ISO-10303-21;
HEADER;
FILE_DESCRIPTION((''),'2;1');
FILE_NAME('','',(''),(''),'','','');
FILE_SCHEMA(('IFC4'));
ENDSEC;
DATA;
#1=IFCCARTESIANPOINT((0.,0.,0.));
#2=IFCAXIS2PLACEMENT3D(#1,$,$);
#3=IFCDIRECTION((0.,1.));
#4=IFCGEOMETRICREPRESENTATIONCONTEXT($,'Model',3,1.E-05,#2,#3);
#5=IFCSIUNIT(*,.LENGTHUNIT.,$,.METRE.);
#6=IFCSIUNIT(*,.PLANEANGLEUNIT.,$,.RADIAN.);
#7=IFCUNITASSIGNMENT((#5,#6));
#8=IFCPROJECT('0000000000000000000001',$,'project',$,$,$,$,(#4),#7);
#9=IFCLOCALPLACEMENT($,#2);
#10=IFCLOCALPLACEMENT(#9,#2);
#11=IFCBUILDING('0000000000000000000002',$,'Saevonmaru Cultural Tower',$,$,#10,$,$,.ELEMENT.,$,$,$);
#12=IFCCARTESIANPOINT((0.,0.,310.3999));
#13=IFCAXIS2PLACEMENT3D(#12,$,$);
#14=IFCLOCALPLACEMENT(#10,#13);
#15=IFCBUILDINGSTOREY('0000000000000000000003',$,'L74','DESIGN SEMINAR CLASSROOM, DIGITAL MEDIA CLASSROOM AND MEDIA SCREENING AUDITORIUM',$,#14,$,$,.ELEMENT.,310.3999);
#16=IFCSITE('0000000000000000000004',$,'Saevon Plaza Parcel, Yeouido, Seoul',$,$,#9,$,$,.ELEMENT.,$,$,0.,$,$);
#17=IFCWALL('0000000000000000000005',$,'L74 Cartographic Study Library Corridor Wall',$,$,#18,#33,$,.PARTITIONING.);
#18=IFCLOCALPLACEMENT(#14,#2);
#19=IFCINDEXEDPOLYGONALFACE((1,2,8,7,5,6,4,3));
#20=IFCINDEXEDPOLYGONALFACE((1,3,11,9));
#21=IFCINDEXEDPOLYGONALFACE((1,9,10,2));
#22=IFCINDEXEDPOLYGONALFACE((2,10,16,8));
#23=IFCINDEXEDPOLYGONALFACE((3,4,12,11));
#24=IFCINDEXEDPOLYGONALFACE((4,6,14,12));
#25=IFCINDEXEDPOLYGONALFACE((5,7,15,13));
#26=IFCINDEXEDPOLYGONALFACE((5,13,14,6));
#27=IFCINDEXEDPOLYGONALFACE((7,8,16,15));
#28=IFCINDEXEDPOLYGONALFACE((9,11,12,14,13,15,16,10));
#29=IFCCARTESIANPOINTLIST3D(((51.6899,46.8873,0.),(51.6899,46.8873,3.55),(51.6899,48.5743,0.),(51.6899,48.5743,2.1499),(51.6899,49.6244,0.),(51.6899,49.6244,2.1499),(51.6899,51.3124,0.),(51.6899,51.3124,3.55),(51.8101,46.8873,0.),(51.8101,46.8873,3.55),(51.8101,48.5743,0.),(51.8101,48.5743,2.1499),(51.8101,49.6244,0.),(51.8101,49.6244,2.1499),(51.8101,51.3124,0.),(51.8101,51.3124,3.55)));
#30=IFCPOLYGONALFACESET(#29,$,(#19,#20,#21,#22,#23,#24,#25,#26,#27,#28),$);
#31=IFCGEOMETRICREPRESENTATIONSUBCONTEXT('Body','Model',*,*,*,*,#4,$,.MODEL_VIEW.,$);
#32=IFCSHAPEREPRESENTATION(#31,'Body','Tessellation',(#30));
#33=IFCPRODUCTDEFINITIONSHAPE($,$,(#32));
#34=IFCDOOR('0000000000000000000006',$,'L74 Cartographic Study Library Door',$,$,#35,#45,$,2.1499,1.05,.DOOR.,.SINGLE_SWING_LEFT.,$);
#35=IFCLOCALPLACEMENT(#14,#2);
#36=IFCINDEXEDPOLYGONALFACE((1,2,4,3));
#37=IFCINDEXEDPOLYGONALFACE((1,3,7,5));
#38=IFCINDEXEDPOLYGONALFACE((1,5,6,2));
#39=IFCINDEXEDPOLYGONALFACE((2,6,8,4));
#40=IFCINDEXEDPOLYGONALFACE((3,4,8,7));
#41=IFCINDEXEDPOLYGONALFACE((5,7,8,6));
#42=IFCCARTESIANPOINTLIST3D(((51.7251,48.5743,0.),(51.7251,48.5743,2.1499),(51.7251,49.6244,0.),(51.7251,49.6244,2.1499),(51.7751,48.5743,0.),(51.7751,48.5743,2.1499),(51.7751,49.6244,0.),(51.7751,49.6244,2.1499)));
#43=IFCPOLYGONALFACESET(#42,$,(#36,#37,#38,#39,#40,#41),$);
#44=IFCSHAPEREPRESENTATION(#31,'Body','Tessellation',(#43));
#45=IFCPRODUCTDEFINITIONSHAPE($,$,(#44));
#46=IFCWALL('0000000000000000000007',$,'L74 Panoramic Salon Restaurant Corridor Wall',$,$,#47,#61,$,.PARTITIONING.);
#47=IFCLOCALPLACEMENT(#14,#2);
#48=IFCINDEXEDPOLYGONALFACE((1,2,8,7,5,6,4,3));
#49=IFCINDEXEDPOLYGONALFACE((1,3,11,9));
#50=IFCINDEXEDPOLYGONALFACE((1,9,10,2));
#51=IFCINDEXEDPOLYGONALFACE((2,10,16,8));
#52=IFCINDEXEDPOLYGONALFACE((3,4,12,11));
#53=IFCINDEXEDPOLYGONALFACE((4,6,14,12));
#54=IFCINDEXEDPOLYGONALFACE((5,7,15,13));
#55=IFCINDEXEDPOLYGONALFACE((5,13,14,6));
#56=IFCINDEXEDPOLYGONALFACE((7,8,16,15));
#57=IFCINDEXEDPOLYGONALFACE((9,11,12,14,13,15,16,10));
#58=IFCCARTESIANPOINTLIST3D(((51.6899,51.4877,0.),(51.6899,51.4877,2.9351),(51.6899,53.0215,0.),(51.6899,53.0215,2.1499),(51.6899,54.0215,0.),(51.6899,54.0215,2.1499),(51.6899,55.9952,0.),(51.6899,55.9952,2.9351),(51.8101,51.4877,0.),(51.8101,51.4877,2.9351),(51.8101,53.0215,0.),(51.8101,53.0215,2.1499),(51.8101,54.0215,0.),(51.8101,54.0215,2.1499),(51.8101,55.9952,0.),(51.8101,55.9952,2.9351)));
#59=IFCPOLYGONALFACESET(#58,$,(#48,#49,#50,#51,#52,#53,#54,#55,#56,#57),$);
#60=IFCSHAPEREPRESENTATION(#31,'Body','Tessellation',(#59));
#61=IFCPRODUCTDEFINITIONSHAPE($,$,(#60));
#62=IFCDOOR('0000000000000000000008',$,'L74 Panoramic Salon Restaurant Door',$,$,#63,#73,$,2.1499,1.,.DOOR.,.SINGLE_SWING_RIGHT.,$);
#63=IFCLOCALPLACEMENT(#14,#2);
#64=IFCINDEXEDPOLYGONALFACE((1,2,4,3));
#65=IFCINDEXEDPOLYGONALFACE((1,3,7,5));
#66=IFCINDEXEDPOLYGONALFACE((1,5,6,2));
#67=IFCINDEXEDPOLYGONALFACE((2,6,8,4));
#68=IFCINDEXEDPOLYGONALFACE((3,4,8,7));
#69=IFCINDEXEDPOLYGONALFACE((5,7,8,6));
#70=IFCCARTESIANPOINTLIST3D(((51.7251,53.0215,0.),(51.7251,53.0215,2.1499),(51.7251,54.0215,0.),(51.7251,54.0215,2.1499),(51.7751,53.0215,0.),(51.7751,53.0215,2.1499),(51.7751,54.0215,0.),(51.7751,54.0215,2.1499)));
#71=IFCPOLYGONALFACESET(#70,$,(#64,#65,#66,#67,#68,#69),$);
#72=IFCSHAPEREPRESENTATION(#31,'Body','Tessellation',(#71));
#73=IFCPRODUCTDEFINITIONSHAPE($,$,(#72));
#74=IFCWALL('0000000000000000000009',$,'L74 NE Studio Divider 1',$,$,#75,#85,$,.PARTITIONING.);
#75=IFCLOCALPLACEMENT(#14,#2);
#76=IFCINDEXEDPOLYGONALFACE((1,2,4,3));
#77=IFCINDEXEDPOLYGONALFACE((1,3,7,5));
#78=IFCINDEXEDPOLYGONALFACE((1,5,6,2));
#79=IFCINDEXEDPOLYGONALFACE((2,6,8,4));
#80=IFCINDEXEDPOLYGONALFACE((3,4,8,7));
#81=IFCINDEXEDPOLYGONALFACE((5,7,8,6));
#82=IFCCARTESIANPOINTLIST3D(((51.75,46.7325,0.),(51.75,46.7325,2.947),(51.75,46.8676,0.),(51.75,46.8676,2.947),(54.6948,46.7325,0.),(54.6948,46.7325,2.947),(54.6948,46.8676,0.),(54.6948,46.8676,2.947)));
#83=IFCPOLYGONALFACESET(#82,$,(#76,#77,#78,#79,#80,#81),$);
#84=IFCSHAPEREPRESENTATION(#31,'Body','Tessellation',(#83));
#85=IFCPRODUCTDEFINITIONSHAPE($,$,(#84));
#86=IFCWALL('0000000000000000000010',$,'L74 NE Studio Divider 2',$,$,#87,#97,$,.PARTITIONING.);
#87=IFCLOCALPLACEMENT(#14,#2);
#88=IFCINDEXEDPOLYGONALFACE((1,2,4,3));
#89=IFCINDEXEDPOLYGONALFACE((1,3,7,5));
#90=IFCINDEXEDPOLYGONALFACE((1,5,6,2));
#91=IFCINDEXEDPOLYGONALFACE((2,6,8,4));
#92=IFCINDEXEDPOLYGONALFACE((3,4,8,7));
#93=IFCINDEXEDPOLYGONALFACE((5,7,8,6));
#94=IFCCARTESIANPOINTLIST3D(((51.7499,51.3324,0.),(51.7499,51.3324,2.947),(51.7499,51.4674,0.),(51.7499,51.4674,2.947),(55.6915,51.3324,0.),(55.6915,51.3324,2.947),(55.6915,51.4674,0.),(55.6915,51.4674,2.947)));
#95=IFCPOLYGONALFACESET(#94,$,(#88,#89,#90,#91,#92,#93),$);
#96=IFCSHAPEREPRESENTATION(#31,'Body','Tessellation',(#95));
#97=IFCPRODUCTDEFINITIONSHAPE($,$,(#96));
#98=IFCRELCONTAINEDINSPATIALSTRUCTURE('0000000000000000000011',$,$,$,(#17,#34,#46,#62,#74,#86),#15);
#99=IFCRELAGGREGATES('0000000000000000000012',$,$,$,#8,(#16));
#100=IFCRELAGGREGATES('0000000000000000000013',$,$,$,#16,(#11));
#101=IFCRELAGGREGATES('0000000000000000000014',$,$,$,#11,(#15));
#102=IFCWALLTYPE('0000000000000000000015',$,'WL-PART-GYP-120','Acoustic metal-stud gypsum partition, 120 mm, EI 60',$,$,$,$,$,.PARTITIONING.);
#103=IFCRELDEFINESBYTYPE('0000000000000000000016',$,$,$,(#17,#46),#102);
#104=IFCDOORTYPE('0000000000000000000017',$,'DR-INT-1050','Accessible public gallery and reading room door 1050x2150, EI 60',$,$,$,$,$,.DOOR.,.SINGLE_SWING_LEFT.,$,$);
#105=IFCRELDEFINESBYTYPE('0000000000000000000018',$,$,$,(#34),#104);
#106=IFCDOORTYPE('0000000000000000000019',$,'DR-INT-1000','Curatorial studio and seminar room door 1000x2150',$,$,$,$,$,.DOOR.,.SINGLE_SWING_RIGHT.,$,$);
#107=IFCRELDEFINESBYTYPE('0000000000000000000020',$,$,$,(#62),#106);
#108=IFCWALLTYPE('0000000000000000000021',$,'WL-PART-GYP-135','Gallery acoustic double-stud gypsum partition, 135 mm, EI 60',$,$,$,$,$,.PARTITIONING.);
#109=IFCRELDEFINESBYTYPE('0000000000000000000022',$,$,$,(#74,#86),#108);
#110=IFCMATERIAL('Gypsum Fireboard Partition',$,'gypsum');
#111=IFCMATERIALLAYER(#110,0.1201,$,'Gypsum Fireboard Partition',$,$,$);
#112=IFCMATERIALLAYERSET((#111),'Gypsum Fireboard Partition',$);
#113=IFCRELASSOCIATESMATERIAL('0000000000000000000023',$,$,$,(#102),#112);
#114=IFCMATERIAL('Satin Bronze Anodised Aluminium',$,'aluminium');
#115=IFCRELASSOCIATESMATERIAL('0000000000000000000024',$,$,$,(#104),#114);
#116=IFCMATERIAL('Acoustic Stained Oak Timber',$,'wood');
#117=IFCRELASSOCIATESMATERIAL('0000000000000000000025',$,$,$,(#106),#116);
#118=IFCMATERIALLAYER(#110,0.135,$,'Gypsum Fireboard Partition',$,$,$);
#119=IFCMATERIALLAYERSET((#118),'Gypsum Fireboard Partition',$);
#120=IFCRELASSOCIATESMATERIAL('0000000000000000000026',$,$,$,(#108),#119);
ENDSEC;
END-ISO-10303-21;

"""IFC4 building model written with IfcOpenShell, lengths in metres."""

from ifc_helpers import new_model, si_unit, direction, frame, frame_2d, origin, place, context, subcontext, project, spatial, rectangle, extrude, material, layer, layer_set, type_object, element, fill, save


model = new_model("IFC4")

# Units and contexts
model_context = context("Model", 3, precision=1e-05, world=origin(), true_north=direction((0.0, 1.0)))
body_context = subcontext(model_context, "Body", "Model", "MODEL_VIEW")
ifc_project = project(units=[si_unit("LENGTHUNIT", "METRE"), si_unit("PLANEANGLEUNIT", "RADIAN")], contexts=[model_context])

# Site, building, storey
site_placement = place(None, origin())
site = spatial("IfcSite", under=ifc_project, at=site_placement, Name="Saevon Plaza Parcel, Yeouido, Seoul", CompositionType="ELEMENT", RefElevation=0.0)
building_placement = place(site_placement, origin())
building = spatial("IfcBuilding", under=site, at=building_placement, Name="Saevonmaru Cultural Tower", CompositionType="ELEMENT")
storey_placement = place(building_placement, frame((0.0, 0.0, 310.3999)))
storey = spatial("IfcBuildingStorey", under=building, at=storey_placement, Name="L74", Description="DESIGN SEMINAR CLASSROOM, DIGITAL MEDIA CLASSROOM AND MEDIA SCREENING AUDITORIUM", CompositionType="ELEMENT", Elevation=310.3999)

# Shared definitions
ifc_material_1 = material(Name="Satin Bronze Anodised Aluminium", Category="aluminium")

# Shared definitions
ifc_material_2 = material(Name="Gypsum Fireboard Partition", Category="gypsum")
ifc_layer_1 = layer(ifc_material_2, 0.1201, Name="Gypsum Fireboard Partition")
ifc_layer_set_1 = layer_set([ifc_layer_1], Name="Gypsum Fireboard Partition")
wall_type_1 = type_object("IfcWallType", Name="WL-PART-GYP-120", Description="Acoustic metal-stud gypsum partition, 120 mm, EI 60", PredefinedType="PARTITIONING", material=ifc_layer_set_1)

# Walls, openings, doors
ifc_material_3 = material(Name="Acoustic Stained Oak Timber", Category="wood")
wall_1_placement = place(storey_placement, frame((51.75, 46.8875, 0.0), z_axis=(0.0, 0.0, 1.0), x_axis=(0.0, 1.0, 0.0)))
wall_1 = element("IfcWall", 1, at=wall_1_placement, inside=storey, type_object=wall_type_1, Name="L74 Cartographic Study Library Corridor Wall", PredefinedType="PARTITIONING", context=body_context, shape_type="SweptSolid", body=[
    extrude(rectangle(XDim=4.425, YDim=0.1201, at=frame_2d((2.2124, 0.0))), origin(), (0.0, 0.0, 1.0), 3.55),
])
opening_1_placement = place(wall_1_placement, frame((1.687, 0.0, 0.0)))
opening_1 = element("IfcOpeningElement", 2, at=opening_1_placement, cuts=wall_1, PredefinedType="OPENING", context=body_context, shape_type="SweptSolid", body=[
    extrude(rectangle(XDim=1.05, YDim=2.1499, at=frame_2d((0.5249, 1.075))), frame((0.0, 0.0701, 0.0), z_axis=(0.0, -1.0, 0.0), x_axis=(1.0, 0.0, 0.0)), (0.0, 0.0, 1.0), 0.1401),
])
door_type_1 = type_object("IfcDoorType", Name="DR-INT-1050", Description="Accessible public gallery and reading room door 1050x2150, EI 60", OperationType="SINGLE_SWING_LEFT", PredefinedType="DOOR", material=ifc_material_1)
door_1_placement = place(opening_1_placement, origin())
door_1 = element("IfcDoor", 3, at=door_1_placement, inside=storey, type_object=door_type_1, Name="L74 Cartographic Study Library Door", OperationType="SINGLE_SWING_LEFT", OverallHeight=2.1499, OverallWidth=1.05, PredefinedType="DOOR", context=body_context, shape_type="SweptSolid", body=[
    extrude(rectangle(XDim=1.05, YDim=2.1499, at=frame_2d((0.5249, 1.075))), frame((0.0, 0.0249, 0.0), z_axis=(0.0, -1.0, 0.0), x_axis=(1.0, 0.0, 0.0)), (0.0, 0.0, 1.0), 0.05),
])
fill(opening_1, door_1)
wall_2_placement = place(storey_placement, frame((51.75, 51.4875, 0.0), z_axis=(0.0, 0.0, 1.0), x_axis=(0.0, 1.0, 0.0)))
wall_2 = element("IfcWall", 4, at=wall_2_placement, inside=storey, type_object=wall_type_1, Name="L74 Panoramic Salon Restaurant Corridor Wall", PredefinedType="PARTITIONING", context=body_context, shape_type="SweptSolid", body=[
    extrude(rectangle(XDim=4.5076, YDim=0.1201, at=frame_2d((2.2539, 0.0))), origin(), (0.0, 0.0, 1.0), 2.9351),
])
opening_2_placement = place(wall_2_placement, frame((1.5339, 0.0, 0.0)))
opening_2 = element("IfcOpeningElement", 5, at=opening_2_placement, cuts=wall_2, PredefinedType="OPENING", context=body_context, shape_type="SweptSolid", body=[
    extrude(rectangle(XDim=1.0, YDim=2.1499, at=frame_2d((0.5, 1.075))), frame((0.0, 0.0701, 0.0), z_axis=(0.0, -1.0, 0.0), x_axis=(1.0, 0.0, 0.0)), (0.0, 0.0, 1.0), 0.1401),
])
door_type_2 = type_object("IfcDoorType", Name="DR-INT-1000", Description="Curatorial studio and seminar room door 1000x2150", OperationType="SINGLE_SWING_RIGHT", PredefinedType="DOOR", material=ifc_material_3)
door_2_placement = place(opening_2_placement, origin())
door_2 = element("IfcDoor", 6, at=door_2_placement, inside=storey, type_object=door_type_2, Name="L74 Panoramic Salon Restaurant Door", OperationType="SINGLE_SWING_RIGHT", OverallHeight=2.1499, OverallWidth=1.0, PredefinedType="DOOR", context=body_context, shape_type="SweptSolid", body=[
    extrude(rectangle(XDim=1.0, YDim=2.1499, at=frame_2d((0.5, 1.075))), frame((0.0, 0.0249, 0.0), z_axis=(0.0, -1.0, 0.0), x_axis=(1.0, 0.0, 0.0)), (0.0, 0.0, 1.0), 0.05),
])
fill(opening_2, door_2)

# Walls
ifc_layer_2 = layer(ifc_material_2, 0.135, Name="Gypsum Fireboard Partition")
ifc_layer_set_2 = layer_set([ifc_layer_2], Name="Gypsum Fireboard Partition")
wall_type_2 = type_object("IfcWallType", Name="WL-PART-GYP-135", Description="Gallery acoustic double-stud gypsum partition, 135 mm, EI 60", PredefinedType="PARTITIONING", material=ifc_layer_set_2)
wall_3_placement = place(storey_placement, frame((51.75, 46.8, 0.0), z_axis=(0.0, 0.0, 1.0), x_axis=(1.0, 0.0, 0.0)))
element("IfcWall", 7, at=wall_3_placement, inside=storey, type_object=wall_type_2, Name="L74 NE Studio Divider 1", PredefinedType="PARTITIONING", context=body_context, shape_type="SweptSolid", body=[
    extrude(rectangle(XDim=2.9448, YDim=0.135, at=frame_2d((1.4724, 0.0))), origin(), (0.0, 0.0, 1.0), 2.947),
])
wall_4_placement = place(storey_placement, frame((51.75, 51.3999, 0.0), z_axis=(0.0, 0.0, 1.0), x_axis=(1.0, 0.0, 0.0)))
element("IfcWall", 8, at=wall_4_placement, inside=storey, type_object=wall_type_2, Name="L74 NE Studio Divider 2", PredefinedType="PARTITIONING", context=body_context, shape_type="SweptSolid", body=[
    extrude(rectangle(XDim=3.9417, YDim=0.135, at=frame_2d((1.9707, 0.0))), origin(), (0.0, 0.0, 1.0), 2.947),
])

save(model, "model.ifc")
